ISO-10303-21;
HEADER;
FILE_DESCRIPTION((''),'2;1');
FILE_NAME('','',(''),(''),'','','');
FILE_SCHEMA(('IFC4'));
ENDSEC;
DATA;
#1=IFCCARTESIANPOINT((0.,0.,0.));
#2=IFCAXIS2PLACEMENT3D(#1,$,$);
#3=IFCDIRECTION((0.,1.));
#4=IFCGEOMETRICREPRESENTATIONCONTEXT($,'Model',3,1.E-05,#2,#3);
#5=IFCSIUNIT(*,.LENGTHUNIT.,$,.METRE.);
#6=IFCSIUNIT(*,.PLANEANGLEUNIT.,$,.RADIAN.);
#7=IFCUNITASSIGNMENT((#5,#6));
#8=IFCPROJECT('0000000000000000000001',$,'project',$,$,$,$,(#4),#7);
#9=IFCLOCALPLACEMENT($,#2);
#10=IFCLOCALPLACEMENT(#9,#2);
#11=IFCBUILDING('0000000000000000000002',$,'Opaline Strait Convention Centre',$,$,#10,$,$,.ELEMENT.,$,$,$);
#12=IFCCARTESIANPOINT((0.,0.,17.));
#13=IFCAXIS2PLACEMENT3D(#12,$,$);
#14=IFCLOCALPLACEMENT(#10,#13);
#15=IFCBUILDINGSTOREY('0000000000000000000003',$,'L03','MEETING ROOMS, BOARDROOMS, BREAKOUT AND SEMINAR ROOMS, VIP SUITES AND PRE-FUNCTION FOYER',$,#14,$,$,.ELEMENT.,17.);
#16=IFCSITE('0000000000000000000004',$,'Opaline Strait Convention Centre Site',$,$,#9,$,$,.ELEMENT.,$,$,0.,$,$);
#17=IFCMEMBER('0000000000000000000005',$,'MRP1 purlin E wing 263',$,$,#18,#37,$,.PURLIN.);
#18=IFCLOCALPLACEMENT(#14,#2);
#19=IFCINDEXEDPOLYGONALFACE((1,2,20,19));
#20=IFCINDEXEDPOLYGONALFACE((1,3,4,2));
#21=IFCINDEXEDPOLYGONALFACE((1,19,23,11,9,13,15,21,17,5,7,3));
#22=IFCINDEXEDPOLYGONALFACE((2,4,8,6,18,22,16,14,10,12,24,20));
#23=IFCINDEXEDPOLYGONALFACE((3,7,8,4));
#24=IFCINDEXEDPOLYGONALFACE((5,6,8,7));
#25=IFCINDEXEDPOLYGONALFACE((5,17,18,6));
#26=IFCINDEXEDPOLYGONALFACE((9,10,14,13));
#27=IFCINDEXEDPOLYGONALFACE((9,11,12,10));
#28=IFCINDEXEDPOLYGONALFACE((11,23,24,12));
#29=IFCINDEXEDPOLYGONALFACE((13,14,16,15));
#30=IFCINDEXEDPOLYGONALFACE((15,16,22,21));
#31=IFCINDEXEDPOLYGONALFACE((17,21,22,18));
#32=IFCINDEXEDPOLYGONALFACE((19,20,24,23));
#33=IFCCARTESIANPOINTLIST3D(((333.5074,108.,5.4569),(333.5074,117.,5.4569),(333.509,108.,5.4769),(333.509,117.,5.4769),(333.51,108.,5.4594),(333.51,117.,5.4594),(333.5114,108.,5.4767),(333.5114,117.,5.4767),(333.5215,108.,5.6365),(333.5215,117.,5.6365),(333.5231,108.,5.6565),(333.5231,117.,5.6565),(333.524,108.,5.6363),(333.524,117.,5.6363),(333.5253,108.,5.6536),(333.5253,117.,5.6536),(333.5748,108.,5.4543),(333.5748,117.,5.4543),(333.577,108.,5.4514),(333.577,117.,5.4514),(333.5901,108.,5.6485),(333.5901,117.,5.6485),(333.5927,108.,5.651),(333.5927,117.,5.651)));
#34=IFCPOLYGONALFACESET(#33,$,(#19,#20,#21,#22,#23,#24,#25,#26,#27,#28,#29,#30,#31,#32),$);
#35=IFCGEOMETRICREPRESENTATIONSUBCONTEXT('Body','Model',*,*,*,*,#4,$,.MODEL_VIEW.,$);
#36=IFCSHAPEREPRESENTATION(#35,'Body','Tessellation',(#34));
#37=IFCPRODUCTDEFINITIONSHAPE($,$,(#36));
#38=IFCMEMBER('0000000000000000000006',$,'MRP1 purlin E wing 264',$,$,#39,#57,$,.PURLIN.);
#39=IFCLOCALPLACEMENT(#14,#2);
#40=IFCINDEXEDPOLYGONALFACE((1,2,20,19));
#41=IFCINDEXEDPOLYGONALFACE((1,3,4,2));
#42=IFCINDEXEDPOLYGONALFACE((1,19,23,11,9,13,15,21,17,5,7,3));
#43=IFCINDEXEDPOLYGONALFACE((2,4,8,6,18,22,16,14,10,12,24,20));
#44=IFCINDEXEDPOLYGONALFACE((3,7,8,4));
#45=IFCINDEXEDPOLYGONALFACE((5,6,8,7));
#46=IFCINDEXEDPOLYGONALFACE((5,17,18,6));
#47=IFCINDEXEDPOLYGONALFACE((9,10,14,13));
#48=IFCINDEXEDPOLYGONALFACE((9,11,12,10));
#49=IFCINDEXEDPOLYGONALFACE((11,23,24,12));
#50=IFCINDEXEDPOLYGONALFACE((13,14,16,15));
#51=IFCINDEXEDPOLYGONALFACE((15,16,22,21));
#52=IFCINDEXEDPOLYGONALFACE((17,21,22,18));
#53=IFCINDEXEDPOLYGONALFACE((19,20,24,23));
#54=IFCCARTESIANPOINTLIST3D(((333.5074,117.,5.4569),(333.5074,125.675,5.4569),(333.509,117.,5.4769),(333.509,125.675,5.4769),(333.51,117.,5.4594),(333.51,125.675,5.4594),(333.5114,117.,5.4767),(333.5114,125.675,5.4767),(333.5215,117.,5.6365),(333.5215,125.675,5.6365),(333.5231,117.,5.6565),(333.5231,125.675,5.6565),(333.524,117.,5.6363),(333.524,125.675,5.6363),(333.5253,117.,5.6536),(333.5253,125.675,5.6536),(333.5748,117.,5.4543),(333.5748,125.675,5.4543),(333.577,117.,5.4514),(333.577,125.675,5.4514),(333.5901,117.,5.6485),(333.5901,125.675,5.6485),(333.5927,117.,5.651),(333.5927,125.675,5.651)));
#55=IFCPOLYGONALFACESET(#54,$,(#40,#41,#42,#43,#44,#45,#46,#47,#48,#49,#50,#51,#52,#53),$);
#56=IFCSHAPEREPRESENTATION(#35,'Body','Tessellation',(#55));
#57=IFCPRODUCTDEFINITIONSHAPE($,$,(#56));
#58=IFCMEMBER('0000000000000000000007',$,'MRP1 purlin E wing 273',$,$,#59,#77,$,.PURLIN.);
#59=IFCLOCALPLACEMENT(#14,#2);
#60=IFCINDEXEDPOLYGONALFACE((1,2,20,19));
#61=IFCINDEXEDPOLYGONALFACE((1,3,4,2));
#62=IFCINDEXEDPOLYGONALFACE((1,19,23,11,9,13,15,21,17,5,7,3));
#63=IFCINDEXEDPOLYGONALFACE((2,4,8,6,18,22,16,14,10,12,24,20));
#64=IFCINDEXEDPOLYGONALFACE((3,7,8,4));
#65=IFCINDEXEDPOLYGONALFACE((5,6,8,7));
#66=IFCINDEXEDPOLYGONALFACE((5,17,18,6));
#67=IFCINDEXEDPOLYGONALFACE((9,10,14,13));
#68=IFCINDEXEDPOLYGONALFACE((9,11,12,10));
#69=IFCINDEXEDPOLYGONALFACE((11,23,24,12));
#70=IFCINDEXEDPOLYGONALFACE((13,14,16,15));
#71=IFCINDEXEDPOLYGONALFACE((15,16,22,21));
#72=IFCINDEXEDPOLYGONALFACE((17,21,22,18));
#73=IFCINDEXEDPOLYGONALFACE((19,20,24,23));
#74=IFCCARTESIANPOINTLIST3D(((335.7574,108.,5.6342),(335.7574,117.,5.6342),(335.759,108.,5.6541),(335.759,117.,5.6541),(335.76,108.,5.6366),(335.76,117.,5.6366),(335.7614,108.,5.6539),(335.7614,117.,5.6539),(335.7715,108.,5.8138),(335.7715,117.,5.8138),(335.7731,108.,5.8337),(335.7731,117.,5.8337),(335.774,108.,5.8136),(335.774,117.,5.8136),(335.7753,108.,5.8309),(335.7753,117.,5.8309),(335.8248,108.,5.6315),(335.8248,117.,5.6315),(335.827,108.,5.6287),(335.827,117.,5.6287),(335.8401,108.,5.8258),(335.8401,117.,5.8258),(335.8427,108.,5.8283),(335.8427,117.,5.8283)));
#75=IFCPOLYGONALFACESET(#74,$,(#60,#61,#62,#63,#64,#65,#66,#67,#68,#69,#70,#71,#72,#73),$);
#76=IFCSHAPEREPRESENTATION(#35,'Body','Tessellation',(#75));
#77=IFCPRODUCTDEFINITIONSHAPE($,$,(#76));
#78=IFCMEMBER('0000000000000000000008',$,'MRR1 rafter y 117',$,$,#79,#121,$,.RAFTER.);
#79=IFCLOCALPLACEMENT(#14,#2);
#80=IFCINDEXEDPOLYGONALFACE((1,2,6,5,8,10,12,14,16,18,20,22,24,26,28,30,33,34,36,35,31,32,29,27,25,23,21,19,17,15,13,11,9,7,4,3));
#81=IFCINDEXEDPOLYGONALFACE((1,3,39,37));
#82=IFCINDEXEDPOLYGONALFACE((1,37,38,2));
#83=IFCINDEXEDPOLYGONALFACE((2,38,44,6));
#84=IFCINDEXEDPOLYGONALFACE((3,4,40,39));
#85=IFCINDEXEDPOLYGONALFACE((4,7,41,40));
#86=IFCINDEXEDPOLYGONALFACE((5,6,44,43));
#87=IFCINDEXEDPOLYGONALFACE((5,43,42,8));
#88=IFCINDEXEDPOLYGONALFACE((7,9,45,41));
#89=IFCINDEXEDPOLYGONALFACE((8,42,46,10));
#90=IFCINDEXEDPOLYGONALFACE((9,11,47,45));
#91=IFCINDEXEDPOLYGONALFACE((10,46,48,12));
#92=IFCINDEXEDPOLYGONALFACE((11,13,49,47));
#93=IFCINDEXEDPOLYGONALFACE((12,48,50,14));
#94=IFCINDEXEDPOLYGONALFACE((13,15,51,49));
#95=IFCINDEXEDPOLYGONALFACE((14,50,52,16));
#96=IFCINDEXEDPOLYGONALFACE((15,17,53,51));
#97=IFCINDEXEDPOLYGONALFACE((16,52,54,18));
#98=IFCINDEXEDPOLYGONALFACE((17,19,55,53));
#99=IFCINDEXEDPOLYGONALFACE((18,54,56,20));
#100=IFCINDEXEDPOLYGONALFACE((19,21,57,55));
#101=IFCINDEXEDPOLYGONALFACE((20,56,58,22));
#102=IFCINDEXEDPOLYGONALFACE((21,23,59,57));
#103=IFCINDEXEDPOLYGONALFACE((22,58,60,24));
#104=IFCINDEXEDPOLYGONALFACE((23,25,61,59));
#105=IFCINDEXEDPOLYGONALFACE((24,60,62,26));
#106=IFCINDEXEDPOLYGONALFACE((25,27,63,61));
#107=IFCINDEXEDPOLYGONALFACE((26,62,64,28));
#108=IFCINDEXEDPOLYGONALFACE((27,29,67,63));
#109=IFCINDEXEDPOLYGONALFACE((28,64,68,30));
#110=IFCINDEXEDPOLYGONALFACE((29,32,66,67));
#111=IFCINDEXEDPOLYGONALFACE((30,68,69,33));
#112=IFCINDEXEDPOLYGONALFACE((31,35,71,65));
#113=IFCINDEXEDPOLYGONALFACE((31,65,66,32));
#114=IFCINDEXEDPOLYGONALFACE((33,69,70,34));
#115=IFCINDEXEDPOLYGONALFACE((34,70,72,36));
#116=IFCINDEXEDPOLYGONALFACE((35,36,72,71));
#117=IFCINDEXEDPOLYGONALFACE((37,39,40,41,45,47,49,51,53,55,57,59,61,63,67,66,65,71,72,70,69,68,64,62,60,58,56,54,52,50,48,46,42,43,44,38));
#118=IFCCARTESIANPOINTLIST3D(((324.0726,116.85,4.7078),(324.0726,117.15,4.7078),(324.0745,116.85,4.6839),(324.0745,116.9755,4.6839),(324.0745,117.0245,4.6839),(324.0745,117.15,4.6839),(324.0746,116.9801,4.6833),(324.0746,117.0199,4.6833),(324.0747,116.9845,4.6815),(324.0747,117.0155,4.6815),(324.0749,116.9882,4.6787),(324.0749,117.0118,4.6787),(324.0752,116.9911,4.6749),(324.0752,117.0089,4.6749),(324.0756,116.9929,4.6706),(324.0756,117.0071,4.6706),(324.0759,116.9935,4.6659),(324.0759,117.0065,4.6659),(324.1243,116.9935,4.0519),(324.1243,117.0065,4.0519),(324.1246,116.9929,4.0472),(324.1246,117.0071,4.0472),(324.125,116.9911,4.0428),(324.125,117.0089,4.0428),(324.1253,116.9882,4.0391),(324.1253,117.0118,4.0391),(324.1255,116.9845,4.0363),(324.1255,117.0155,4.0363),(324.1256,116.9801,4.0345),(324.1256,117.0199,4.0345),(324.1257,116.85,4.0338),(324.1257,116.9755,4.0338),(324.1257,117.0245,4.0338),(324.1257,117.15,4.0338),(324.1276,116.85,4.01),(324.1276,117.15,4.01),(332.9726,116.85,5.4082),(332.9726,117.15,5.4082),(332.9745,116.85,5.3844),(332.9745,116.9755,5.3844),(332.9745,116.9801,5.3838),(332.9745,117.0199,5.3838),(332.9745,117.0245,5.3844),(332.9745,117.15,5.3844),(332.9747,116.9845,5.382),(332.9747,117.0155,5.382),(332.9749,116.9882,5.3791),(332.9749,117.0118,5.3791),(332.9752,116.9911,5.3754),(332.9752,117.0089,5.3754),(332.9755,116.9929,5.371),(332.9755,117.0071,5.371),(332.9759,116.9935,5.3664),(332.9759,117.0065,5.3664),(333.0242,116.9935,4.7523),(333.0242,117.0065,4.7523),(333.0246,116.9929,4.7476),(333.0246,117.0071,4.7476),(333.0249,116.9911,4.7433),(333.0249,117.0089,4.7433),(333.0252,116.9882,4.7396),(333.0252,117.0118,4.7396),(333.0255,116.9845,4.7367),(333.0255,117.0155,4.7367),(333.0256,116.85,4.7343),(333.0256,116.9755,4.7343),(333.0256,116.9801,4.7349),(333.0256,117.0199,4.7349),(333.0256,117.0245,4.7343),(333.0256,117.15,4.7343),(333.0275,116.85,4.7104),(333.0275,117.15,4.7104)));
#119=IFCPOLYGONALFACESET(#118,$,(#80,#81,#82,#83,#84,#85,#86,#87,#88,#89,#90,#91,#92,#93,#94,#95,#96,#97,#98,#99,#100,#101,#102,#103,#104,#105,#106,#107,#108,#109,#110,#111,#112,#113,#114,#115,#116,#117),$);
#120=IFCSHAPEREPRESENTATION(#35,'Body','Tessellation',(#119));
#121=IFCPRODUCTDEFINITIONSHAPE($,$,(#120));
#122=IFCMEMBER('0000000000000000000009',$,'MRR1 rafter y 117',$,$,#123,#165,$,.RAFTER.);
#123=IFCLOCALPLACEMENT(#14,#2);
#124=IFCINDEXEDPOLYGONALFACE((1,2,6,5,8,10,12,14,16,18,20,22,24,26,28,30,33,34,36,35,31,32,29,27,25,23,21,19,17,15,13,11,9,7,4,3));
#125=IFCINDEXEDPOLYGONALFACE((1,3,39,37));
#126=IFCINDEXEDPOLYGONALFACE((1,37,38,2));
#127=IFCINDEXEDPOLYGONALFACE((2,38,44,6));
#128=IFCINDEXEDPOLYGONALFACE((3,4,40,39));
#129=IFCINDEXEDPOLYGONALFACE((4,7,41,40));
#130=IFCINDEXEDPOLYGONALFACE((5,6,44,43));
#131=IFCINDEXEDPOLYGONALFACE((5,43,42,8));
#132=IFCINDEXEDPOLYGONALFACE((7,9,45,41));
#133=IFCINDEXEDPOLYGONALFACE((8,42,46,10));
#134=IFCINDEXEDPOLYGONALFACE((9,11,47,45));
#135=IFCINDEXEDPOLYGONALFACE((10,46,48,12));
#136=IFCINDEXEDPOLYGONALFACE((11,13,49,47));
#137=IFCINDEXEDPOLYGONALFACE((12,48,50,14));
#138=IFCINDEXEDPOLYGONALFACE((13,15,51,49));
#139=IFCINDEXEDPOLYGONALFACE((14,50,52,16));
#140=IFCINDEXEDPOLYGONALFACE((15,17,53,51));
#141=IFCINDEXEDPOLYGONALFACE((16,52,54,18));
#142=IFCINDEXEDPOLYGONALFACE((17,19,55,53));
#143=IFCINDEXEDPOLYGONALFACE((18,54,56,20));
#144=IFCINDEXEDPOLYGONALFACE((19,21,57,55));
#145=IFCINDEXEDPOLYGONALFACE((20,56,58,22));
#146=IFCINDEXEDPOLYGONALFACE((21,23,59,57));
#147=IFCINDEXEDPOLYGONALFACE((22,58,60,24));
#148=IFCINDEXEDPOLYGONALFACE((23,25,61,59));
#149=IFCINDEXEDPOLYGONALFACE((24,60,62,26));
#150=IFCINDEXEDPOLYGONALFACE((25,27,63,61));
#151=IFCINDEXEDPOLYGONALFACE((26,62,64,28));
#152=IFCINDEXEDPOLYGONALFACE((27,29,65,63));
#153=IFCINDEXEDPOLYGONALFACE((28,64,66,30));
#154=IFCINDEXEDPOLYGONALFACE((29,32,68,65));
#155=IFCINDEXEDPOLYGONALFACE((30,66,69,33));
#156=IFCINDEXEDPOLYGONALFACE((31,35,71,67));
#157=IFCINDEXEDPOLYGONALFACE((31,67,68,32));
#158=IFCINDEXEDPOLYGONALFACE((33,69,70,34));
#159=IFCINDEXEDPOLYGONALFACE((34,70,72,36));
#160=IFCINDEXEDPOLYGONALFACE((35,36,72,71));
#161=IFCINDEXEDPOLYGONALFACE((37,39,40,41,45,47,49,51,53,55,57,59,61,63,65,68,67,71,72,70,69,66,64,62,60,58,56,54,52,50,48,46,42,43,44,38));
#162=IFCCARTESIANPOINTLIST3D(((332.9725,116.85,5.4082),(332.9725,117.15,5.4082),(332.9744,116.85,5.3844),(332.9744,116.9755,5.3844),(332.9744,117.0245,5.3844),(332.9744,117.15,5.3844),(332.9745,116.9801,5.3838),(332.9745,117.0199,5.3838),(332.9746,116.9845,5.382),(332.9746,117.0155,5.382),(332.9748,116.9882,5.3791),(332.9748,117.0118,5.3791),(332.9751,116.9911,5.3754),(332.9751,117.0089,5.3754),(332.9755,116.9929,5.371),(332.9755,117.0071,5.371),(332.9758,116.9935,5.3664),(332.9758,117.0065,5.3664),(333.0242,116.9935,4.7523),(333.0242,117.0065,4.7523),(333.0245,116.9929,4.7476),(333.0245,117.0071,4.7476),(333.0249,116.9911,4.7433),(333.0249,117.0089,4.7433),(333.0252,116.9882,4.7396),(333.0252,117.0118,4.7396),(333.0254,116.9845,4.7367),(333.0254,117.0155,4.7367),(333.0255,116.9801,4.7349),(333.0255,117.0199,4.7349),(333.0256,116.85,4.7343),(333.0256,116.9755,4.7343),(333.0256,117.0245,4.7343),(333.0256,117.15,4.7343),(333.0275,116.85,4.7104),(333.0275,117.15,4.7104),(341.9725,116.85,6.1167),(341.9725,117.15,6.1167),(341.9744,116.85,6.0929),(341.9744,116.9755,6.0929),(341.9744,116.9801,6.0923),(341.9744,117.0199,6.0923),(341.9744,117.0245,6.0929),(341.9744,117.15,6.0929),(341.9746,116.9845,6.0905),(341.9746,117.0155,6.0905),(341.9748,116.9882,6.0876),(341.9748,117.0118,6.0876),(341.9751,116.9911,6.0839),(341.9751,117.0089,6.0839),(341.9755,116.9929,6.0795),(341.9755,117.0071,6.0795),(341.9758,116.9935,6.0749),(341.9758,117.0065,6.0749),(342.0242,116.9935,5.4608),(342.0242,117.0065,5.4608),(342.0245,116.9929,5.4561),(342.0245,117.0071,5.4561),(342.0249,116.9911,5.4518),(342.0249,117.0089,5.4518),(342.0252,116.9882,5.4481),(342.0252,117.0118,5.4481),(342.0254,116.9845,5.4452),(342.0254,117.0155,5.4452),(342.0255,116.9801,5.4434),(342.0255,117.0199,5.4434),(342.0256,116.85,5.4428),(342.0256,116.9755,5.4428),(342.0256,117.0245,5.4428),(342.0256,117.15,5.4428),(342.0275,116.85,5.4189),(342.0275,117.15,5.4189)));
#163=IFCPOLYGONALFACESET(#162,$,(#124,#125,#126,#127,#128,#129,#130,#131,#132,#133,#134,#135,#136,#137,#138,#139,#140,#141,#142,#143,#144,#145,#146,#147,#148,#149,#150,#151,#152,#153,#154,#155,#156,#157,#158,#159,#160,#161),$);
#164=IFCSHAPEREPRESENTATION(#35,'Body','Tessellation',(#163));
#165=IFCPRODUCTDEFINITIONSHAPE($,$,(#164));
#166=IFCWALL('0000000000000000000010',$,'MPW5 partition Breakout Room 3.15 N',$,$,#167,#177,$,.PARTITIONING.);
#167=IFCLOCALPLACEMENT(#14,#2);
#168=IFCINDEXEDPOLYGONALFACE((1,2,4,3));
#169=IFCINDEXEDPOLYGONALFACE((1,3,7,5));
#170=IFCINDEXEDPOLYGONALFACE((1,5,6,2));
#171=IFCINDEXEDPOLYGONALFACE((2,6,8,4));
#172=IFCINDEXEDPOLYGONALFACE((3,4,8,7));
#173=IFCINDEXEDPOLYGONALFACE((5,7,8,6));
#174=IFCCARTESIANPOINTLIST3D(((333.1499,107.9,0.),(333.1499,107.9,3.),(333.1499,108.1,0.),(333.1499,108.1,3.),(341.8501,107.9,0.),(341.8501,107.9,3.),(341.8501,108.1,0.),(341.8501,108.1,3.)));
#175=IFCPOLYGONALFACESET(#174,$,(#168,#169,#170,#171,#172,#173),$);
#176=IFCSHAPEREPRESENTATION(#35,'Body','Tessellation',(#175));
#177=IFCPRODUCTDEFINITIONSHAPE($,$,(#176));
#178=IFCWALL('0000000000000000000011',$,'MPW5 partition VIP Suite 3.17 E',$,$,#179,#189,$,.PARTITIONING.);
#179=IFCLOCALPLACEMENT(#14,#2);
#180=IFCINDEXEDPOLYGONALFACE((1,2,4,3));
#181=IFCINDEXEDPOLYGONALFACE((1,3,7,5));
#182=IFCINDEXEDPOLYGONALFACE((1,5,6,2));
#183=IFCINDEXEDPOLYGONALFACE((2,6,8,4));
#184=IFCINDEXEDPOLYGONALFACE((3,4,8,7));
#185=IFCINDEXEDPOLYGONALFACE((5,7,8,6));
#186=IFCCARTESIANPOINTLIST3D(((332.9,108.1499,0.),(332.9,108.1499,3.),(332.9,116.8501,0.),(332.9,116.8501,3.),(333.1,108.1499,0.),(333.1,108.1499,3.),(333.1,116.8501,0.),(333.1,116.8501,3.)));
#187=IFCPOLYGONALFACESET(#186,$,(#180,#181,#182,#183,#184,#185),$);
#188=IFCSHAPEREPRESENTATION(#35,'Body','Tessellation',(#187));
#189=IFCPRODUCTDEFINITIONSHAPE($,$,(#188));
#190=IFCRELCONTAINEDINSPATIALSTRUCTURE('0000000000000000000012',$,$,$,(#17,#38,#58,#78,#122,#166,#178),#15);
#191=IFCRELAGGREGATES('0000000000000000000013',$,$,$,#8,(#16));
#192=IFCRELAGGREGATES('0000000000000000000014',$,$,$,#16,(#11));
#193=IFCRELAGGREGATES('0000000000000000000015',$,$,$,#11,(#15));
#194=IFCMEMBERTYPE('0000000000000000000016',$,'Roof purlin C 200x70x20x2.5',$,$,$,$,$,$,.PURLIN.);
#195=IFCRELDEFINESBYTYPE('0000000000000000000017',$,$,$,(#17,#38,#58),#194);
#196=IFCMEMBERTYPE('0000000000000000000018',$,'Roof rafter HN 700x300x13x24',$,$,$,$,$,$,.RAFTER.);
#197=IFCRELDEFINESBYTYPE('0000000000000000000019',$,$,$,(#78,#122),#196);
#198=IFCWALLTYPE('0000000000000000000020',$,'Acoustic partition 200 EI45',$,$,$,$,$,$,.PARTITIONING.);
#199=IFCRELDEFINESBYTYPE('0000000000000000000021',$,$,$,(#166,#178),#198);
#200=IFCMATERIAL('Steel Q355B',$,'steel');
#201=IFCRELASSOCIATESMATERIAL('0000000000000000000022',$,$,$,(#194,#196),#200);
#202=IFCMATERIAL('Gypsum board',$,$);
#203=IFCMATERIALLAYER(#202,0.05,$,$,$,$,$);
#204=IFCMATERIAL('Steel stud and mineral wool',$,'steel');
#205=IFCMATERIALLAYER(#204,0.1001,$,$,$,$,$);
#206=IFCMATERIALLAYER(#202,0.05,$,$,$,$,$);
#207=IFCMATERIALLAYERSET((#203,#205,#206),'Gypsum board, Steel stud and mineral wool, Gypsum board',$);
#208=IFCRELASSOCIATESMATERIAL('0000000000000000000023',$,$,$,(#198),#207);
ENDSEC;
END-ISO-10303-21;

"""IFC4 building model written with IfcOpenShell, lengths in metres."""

from ifc_helpers import new_model, si_unit, direction, frame, frame_2d, origin, origin_2d, place, context, subcontext, project, spatial, polyline, rectangle, i_section, outline, extrude, material, layer, layer_set, material_profile, profile_set, type_object, element, save


model = new_model("IFC4")

# Units and contexts
model_context = context("Model", 3, precision=1e-05, world=origin(), true_north=direction((0.0, 1.0)))
body_context = subcontext(model_context, "Body", "Model", "MODEL_VIEW")
ifc_project = project(units=[si_unit("LENGTHUNIT", "METRE"), si_unit("PLANEANGLEUNIT", "RADIAN")], contexts=[model_context])

# Site, building, storey
site_placement = place(None, origin())
site = spatial("IfcSite", under=ifc_project, at=site_placement, Name="Opaline Strait Convention Centre Site", CompositionType="ELEMENT", RefElevation=0.0)
building_placement = place(site_placement, origin())
building = spatial("IfcBuilding", under=site, at=building_placement, Name="Opaline Strait Convention Centre", CompositionType="ELEMENT")
storey_placement = place(building_placement, frame((0.0, 0.0, 17.0)))
storey = spatial("IfcBuildingStorey", under=building, at=storey_placement, Name="L03", Description="MEETING ROOMS, BOARDROOMS, BREAKOUT AND SEMINAR ROOMS, VIP SUITES AND PRE-FUNCTION FOYER", CompositionType="ELEMENT", Elevation=17.0)

# Shared definitions
ifc_material_1 = material(Name="Steel Q355B", Category="steel")

# Members
ifc_material_profile_1 = material_profile(ifc_material_1, outline(polyline([(-0.0349, -0.1001), (0.0349, -0.1001), (0.0349, -0.0801), (0.0325, -0.0801), (0.0325, -0.0974), (-0.0325, -0.0974), (-0.0325, 0.0974), (0.0325, 0.0974), (0.0325, 0.0801), (0.0349, 0.0801), (0.0349, 0.1001), (-0.0349, 0.1001), (-0.0349, -0.1001)])), Name="C 200x70x20x2.5")
ifc_profile_set_1 = profile_set([ifc_material_profile_1], Name="Steel Q355B")
member_type_1 = type_object("IfcMemberType", Name="Roof purlin C 200x70x20x2.5", PredefinedType="PURLIN", material=ifc_profile_set_1)
member_1_placement = place(storey_placement, frame((333.55, 108.0, 5.554), z_axis=(0.0, 1.0, 0.0), x_axis=(-0.996917, 0.0, 0.078459)))
element("IfcMember", 1, at=member_1_placement, inside=storey, type_object=member_type_1, Name="MRP1 purlin E wing 263", PredefinedType="PURLIN", context=body_context, shape_type="SweptSolid", body=[
    extrude(outline(polyline([(-0.0349, -0.1001), (0.0349, -0.1001), (0.0349, -0.0801), (0.0325, -0.0801), (0.0325, -0.0974), (-0.0325, -0.0974), (-0.0325, 0.0974), (0.0325, 0.0974), (0.0325, 0.0801), (0.0349, 0.0801), (0.0349, 0.1001), (-0.0349, 0.1001), (-0.0349, -0.1001)])), origin(), (0.0, 0.0, 1.0), 9.0),
])
member_2_placement = place(storey_placement, frame((333.55, 117.0, 5.554), z_axis=(0.0, 1.0, 0.0), x_axis=(-0.996917, 0.0, 0.078459)))
element("IfcMember", 2, at=member_2_placement, inside=storey, type_object=member_type_1, Name="MRP1 purlin E wing 264", PredefinedType="PURLIN", context=body_context, shape_type="SweptSolid", body=[
    extrude(outline(polyline([(-0.0349, -0.1001), (0.0349, -0.1001), (0.0349, -0.0801), (0.0325, -0.0801), (0.0325, -0.0974), (-0.0325, -0.0974), (-0.0325, 0.0974), (0.0325, 0.0974), (0.0325, 0.0801), (0.0349, 0.0801), (0.0349, 0.1001), (-0.0349, 0.1001), (-0.0349, -0.1001)])), origin(), (0.0, 0.0, 1.0), 8.675),
])
member_3_placement = place(storey_placement, frame((335.8, 108.0, 5.7312), z_axis=(0.0, 1.0, 0.0), x_axis=(-0.996917, 0.0, 0.078459)))
element("IfcMember", 3, at=member_3_placement, inside=storey, type_object=member_type_1, Name="MRP1 purlin E wing 273", PredefinedType="PURLIN", context=body_context, shape_type="SweptSolid", body=[
    extrude(outline(polyline([(-0.0349, -0.1001), (0.0349, -0.1001), (0.0349, -0.0801), (0.0325, -0.0801), (0.0325, -0.0974), (-0.0325, -0.0974), (-0.0325, 0.0974), (0.0325, 0.0974), (0.0325, 0.0801), (0.0349, 0.0801), (0.0349, 0.1001), (-0.0349, 0.1001), (-0.0349, -0.1001)])), origin(), (0.0, 0.0, 1.0), 9.0),
])
ifc_material_profile_2 = material_profile(ifc_material_1, i_section(OverallWidth=0.3, OverallDepth=0.7, WebThickness=0.0129, FlangeThickness=0.0239, FilletRadius=0.0181, at=origin_2d()), Name="HN 700x300x13x24")
ifc_profile_set_2 = profile_set([ifc_material_profile_2], Name="Steel Q355B")
member_type_2 = type_object("IfcMemberType", Name="Roof rafter HN 700x300x13x24", PredefinedType="RAFTER", material=ifc_profile_set_2)
member_4_placement = place(storey_placement, frame((324.1001, 117.0, 4.3589), z_axis=(0.996917, 0.0, 0.078459), x_axis=(0.0, 1.0, 0.0)))
element("IfcMember", 4, at=member_4_placement, inside=storey, type_object=member_type_2, Name="MRR1 rafter y 117", PredefinedType="RAFTER", context=body_context, shape_type="SweptSolid", body=[
    extrude(i_section(OverallWidth=0.3, OverallDepth=0.7, WebThickness=0.0129, FlangeThickness=0.0239, FilletRadius=0.0181, at=origin_2d()), origin(), (0.0, 0.0, 1.0), 8.9275),
])
member_5_placement = place(storey_placement, frame((333.0, 117.0, 5.0593), z_axis=(0.996916, 0.0, 0.078479), x_axis=(0.0, 1.0, 0.0)))
element("IfcMember", 5, at=member_5_placement, inside=storey, type_object=member_type_2, Name="MRR1 rafter y 117", PredefinedType="RAFTER", context=body_context, shape_type="SweptSolid", body=[
    extrude(i_section(OverallWidth=0.3, OverallDepth=0.7, WebThickness=0.0129, FlangeThickness=0.0239, FilletRadius=0.0181, at=origin_2d()), origin(), (0.0, 0.0, 1.0), 9.0278),
])

# Walls
ifc_material_2 = material(Name="Gypsum board")
ifc_layer_1 = layer(ifc_material_2, 0.05)
ifc_material_3 = material(Name="Steel stud and mineral wool", Category="steel")
ifc_layer_2 = layer(ifc_material_3, 0.1001)
ifc_layer_3 = layer(ifc_material_2, 0.05)
ifc_layer_set_1 = layer_set([ifc_layer_1, ifc_layer_2, ifc_layer_3], Name="Gypsum board, Steel stud and mineral wool, Gypsum board")
wall_type_1 = type_object("IfcWallType", Name="Acoustic partition 200 EI45", PredefinedType="PARTITIONING", material=ifc_layer_set_1)
for number, where, z_axis, x_axis, name in (
    (6, (333.1499, 108.0, 0.0), (0.0, 0.0, 1.0), (1.0, 0.0, 0.0), "MPW5 partition Breakout Room 3.15 N"),
    (7, (333.0, 108.1499, 0.0), (0.0, 0.0, 1.0), (0.0, 1.0, 0.0), "MPW5 partition VIP Suite 3.17 E"),
):
    element("IfcWall", number, at=place(storey_placement, frame(where, z_axis=z_axis, x_axis=x_axis)), inside=storey, type_object=wall_type_1, Name=name, PredefinedType="PARTITIONING", context=body_context, shape_type="SweptSolid", body=[
        extrude(rectangle(XDim=8.7002, YDim=0.2, at=frame_2d((4.3501, 0.0))), origin(), (0.0, 0.0, 1.0), 3.0),
    ])

save(model, "model.ifc")
